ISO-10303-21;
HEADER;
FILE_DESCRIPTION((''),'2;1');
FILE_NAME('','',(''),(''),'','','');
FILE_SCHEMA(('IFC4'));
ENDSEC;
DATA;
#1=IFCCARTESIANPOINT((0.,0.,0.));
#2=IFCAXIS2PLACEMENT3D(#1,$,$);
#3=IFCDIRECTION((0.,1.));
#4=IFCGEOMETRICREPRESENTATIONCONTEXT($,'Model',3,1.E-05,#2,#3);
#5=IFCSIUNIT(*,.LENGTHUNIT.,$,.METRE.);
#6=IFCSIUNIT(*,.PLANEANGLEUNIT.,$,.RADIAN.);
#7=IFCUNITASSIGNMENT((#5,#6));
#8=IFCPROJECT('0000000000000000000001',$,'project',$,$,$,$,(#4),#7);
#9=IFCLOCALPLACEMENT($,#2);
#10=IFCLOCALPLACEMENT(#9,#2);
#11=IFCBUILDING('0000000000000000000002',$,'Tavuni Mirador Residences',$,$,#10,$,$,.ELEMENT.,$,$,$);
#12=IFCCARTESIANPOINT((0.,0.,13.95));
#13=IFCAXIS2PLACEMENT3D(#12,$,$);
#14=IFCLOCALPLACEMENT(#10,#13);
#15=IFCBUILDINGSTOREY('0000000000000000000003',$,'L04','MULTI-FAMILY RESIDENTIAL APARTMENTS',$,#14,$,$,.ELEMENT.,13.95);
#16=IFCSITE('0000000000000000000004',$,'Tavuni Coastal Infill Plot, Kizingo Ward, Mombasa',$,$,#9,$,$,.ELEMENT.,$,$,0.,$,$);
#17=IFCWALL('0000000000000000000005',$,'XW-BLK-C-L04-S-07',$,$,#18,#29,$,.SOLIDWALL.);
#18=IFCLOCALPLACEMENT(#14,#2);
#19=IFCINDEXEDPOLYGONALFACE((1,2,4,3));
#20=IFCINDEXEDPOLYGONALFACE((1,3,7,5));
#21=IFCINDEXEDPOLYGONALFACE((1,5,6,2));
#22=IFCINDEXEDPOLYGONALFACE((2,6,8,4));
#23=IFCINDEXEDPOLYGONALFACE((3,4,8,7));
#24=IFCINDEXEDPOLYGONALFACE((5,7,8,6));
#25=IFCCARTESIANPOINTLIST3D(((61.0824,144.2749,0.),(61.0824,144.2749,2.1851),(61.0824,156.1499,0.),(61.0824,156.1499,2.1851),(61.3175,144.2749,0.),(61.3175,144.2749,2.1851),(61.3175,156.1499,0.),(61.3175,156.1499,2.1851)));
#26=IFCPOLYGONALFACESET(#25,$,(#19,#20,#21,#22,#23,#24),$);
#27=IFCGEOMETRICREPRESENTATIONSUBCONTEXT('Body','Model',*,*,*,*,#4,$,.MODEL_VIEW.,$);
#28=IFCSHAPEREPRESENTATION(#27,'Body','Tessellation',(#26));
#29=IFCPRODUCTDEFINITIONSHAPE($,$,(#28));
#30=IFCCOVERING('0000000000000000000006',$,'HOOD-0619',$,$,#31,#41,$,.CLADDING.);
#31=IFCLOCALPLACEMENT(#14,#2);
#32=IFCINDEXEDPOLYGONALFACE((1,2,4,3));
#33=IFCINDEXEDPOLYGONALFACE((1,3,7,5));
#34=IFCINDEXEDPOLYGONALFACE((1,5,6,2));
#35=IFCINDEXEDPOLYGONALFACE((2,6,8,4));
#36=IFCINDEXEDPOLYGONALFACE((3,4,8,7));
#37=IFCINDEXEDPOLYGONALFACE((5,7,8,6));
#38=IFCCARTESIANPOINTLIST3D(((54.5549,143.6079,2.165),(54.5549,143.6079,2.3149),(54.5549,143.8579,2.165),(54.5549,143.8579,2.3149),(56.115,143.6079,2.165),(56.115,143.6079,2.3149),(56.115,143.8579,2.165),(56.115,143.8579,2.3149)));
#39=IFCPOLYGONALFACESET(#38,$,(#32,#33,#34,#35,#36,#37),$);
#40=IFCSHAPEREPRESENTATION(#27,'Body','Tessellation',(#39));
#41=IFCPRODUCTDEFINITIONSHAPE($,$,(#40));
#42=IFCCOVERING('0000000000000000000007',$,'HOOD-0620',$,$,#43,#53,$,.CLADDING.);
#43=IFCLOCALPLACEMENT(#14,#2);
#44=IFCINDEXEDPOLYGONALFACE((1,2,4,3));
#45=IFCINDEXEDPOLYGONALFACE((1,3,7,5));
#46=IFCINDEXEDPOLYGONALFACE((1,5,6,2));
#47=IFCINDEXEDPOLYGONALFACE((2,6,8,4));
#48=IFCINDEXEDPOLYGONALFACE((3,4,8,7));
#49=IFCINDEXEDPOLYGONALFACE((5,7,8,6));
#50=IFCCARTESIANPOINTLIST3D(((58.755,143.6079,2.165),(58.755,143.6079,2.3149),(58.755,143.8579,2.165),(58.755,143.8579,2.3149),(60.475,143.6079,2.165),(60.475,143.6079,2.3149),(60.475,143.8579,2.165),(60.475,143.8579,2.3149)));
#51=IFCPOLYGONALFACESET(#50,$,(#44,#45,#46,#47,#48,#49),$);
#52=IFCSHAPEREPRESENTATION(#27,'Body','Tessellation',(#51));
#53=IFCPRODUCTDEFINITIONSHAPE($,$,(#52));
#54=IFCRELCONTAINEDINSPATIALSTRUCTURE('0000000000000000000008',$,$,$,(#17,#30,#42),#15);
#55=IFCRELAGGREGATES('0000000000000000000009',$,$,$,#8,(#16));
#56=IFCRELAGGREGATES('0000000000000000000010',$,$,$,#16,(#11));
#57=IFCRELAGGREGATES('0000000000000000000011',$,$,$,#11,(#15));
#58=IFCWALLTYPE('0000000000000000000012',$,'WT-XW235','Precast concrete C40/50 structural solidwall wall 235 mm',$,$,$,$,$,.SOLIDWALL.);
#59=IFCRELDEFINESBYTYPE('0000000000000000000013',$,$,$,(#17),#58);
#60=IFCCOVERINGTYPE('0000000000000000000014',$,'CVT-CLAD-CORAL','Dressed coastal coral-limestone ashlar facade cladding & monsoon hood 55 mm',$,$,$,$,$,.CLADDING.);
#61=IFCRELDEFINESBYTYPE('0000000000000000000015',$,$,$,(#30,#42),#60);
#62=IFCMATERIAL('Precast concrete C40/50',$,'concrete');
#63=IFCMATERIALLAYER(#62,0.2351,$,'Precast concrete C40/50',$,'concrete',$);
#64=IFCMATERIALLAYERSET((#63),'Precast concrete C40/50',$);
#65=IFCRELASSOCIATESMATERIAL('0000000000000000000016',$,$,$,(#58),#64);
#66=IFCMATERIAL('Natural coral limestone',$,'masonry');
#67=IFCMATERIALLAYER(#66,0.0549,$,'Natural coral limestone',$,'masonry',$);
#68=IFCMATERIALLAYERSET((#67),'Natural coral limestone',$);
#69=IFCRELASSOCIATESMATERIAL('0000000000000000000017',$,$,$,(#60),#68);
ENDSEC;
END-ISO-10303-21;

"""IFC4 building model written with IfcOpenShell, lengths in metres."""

from ifc_helpers import new_model, si_unit, direction, frame, frame_2d, origin, origin_2d, place, context, subcontext, project, spatial, rectangle, extrude, material, layer, layer_set, type_object, element, save


model = new_model("IFC4")

# Units and contexts
model_context = context("Model", 3, precision=1e-05, world=origin(), true_north=direction((0.0, 1.0)))
body_context = subcontext(model_context, "Body", "Model", "MODEL_VIEW")
ifc_project = project(units=[si_unit("LENGTHUNIT", "METRE"), si_unit("PLANEANGLEUNIT", "RADIAN")], contexts=[model_context])

# Site, building, storey
site_placement = place(None, origin())
site = spatial("IfcSite", under=ifc_project, at=site_placement, Name="Tavuni Coastal Infill Plot, Kizingo Ward, Mombasa", CompositionType="ELEMENT", RefElevation=0.0)
building_placement = place(site_placement, origin())
building = spatial("IfcBuilding", under=site, at=building_placement, Name="Tavuni Mirador Residences", CompositionType="ELEMENT")
storey_placement = place(building_placement, frame((0.0, 0.0, 13.95)))
storey = spatial("IfcBuildingStorey", under=building, at=storey_placement, Name="L04", Description="MULTI-FAMILY RESIDENTIAL APARTMENTS", CompositionType="ELEMENT", Elevation=13.95)

# Shared definitions
ifc_material_1 = material(Name="Precast concrete C40/50", Category="concrete")

# Wall
ifc_layer_1 = layer(ifc_material_1, 0.2351, Name="Precast concrete C40/50", Category="concrete")
ifc_layer_set_1 = layer_set([ifc_layer_1], Name="Precast concrete C40/50")
wall_type_1 = type_object("IfcWallType", Name="WT-XW235", Description="Precast concrete C40/50 structural solidwall wall 235 mm", PredefinedType="SOLIDWALL", material=ifc_layer_set_1)
for number, where, z_axis, x_axis, name in (
    (1, (61.2, 144.2749, 0.0), (0.0, 0.0, 1.0), (0.0, 1.0, 0.0), "XW-BLK-C-L04-S-07"),
):
    element("IfcWall", number, at=place(storey_placement, frame(where, z_axis=z_axis, x_axis=x_axis)), inside=storey, type_object=wall_type_1, Name=name, PredefinedType="SOLIDWALL", context=body_context, shape_type="SweptSolid", body=[
        extrude(rectangle(XDim=11.875, YDim=0.2351, at=frame_2d((5.9375, 0.0))), origin(), (0.0, 0.0, 1.0), 2.1851),
    ])

# Coverings
ifc_material_2 = material(Name="Natural coral limestone", Category="masonry")
ifc_layer_2 = layer(ifc_material_2, 0.0549, Name="Natural coral limestone", Category="masonry")
ifc_layer_set_2 = layer_set([ifc_layer_2], Name="Natural coral limestone")
covering_type = type_object("IfcCoveringType", Name="CVT-CLAD-CORAL", Description="Dressed coastal coral-limestone ashlar facade cladding & monsoon hood 55 mm", PredefinedType="CLADDING", material=ifc_layer_set_2)
covering_1_placement = place(storey_placement, frame((55.335, 143.7329, 2.165), z_axis=(0.0, 0.0, 1.0), x_axis=(1.0, 0.0, 0.0)))
element("IfcCovering", 2, at=covering_1_placement, inside=storey, type_object=covering_type, Name="HOOD-0619", PredefinedType="CLADDING", context=body_context, shape_type="SweptSolid", body=[
    extrude(rectangle(XDim=1.5601, YDim=0.25, at=origin_2d()), origin(), (0.0, 0.0, 1.0), 0.1499),
])
covering_2_placement = place(storey_placement, frame((59.615, 143.7329, 2.165), z_axis=(0.0, 0.0, 1.0), x_axis=(1.0, 0.0, 0.0)))
element("IfcCovering", 3, at=covering_2_placement, inside=storey, type_object=covering_type, Name="HOOD-0620", PredefinedType="CLADDING", context=body_context, shape_type="SweptSolid", body=[
    extrude(rectangle(XDim=1.72, YDim=0.25, at=origin_2d()), origin(), (0.0, 0.0, 1.0), 0.1499),
])

save(model, "model.ifc")
